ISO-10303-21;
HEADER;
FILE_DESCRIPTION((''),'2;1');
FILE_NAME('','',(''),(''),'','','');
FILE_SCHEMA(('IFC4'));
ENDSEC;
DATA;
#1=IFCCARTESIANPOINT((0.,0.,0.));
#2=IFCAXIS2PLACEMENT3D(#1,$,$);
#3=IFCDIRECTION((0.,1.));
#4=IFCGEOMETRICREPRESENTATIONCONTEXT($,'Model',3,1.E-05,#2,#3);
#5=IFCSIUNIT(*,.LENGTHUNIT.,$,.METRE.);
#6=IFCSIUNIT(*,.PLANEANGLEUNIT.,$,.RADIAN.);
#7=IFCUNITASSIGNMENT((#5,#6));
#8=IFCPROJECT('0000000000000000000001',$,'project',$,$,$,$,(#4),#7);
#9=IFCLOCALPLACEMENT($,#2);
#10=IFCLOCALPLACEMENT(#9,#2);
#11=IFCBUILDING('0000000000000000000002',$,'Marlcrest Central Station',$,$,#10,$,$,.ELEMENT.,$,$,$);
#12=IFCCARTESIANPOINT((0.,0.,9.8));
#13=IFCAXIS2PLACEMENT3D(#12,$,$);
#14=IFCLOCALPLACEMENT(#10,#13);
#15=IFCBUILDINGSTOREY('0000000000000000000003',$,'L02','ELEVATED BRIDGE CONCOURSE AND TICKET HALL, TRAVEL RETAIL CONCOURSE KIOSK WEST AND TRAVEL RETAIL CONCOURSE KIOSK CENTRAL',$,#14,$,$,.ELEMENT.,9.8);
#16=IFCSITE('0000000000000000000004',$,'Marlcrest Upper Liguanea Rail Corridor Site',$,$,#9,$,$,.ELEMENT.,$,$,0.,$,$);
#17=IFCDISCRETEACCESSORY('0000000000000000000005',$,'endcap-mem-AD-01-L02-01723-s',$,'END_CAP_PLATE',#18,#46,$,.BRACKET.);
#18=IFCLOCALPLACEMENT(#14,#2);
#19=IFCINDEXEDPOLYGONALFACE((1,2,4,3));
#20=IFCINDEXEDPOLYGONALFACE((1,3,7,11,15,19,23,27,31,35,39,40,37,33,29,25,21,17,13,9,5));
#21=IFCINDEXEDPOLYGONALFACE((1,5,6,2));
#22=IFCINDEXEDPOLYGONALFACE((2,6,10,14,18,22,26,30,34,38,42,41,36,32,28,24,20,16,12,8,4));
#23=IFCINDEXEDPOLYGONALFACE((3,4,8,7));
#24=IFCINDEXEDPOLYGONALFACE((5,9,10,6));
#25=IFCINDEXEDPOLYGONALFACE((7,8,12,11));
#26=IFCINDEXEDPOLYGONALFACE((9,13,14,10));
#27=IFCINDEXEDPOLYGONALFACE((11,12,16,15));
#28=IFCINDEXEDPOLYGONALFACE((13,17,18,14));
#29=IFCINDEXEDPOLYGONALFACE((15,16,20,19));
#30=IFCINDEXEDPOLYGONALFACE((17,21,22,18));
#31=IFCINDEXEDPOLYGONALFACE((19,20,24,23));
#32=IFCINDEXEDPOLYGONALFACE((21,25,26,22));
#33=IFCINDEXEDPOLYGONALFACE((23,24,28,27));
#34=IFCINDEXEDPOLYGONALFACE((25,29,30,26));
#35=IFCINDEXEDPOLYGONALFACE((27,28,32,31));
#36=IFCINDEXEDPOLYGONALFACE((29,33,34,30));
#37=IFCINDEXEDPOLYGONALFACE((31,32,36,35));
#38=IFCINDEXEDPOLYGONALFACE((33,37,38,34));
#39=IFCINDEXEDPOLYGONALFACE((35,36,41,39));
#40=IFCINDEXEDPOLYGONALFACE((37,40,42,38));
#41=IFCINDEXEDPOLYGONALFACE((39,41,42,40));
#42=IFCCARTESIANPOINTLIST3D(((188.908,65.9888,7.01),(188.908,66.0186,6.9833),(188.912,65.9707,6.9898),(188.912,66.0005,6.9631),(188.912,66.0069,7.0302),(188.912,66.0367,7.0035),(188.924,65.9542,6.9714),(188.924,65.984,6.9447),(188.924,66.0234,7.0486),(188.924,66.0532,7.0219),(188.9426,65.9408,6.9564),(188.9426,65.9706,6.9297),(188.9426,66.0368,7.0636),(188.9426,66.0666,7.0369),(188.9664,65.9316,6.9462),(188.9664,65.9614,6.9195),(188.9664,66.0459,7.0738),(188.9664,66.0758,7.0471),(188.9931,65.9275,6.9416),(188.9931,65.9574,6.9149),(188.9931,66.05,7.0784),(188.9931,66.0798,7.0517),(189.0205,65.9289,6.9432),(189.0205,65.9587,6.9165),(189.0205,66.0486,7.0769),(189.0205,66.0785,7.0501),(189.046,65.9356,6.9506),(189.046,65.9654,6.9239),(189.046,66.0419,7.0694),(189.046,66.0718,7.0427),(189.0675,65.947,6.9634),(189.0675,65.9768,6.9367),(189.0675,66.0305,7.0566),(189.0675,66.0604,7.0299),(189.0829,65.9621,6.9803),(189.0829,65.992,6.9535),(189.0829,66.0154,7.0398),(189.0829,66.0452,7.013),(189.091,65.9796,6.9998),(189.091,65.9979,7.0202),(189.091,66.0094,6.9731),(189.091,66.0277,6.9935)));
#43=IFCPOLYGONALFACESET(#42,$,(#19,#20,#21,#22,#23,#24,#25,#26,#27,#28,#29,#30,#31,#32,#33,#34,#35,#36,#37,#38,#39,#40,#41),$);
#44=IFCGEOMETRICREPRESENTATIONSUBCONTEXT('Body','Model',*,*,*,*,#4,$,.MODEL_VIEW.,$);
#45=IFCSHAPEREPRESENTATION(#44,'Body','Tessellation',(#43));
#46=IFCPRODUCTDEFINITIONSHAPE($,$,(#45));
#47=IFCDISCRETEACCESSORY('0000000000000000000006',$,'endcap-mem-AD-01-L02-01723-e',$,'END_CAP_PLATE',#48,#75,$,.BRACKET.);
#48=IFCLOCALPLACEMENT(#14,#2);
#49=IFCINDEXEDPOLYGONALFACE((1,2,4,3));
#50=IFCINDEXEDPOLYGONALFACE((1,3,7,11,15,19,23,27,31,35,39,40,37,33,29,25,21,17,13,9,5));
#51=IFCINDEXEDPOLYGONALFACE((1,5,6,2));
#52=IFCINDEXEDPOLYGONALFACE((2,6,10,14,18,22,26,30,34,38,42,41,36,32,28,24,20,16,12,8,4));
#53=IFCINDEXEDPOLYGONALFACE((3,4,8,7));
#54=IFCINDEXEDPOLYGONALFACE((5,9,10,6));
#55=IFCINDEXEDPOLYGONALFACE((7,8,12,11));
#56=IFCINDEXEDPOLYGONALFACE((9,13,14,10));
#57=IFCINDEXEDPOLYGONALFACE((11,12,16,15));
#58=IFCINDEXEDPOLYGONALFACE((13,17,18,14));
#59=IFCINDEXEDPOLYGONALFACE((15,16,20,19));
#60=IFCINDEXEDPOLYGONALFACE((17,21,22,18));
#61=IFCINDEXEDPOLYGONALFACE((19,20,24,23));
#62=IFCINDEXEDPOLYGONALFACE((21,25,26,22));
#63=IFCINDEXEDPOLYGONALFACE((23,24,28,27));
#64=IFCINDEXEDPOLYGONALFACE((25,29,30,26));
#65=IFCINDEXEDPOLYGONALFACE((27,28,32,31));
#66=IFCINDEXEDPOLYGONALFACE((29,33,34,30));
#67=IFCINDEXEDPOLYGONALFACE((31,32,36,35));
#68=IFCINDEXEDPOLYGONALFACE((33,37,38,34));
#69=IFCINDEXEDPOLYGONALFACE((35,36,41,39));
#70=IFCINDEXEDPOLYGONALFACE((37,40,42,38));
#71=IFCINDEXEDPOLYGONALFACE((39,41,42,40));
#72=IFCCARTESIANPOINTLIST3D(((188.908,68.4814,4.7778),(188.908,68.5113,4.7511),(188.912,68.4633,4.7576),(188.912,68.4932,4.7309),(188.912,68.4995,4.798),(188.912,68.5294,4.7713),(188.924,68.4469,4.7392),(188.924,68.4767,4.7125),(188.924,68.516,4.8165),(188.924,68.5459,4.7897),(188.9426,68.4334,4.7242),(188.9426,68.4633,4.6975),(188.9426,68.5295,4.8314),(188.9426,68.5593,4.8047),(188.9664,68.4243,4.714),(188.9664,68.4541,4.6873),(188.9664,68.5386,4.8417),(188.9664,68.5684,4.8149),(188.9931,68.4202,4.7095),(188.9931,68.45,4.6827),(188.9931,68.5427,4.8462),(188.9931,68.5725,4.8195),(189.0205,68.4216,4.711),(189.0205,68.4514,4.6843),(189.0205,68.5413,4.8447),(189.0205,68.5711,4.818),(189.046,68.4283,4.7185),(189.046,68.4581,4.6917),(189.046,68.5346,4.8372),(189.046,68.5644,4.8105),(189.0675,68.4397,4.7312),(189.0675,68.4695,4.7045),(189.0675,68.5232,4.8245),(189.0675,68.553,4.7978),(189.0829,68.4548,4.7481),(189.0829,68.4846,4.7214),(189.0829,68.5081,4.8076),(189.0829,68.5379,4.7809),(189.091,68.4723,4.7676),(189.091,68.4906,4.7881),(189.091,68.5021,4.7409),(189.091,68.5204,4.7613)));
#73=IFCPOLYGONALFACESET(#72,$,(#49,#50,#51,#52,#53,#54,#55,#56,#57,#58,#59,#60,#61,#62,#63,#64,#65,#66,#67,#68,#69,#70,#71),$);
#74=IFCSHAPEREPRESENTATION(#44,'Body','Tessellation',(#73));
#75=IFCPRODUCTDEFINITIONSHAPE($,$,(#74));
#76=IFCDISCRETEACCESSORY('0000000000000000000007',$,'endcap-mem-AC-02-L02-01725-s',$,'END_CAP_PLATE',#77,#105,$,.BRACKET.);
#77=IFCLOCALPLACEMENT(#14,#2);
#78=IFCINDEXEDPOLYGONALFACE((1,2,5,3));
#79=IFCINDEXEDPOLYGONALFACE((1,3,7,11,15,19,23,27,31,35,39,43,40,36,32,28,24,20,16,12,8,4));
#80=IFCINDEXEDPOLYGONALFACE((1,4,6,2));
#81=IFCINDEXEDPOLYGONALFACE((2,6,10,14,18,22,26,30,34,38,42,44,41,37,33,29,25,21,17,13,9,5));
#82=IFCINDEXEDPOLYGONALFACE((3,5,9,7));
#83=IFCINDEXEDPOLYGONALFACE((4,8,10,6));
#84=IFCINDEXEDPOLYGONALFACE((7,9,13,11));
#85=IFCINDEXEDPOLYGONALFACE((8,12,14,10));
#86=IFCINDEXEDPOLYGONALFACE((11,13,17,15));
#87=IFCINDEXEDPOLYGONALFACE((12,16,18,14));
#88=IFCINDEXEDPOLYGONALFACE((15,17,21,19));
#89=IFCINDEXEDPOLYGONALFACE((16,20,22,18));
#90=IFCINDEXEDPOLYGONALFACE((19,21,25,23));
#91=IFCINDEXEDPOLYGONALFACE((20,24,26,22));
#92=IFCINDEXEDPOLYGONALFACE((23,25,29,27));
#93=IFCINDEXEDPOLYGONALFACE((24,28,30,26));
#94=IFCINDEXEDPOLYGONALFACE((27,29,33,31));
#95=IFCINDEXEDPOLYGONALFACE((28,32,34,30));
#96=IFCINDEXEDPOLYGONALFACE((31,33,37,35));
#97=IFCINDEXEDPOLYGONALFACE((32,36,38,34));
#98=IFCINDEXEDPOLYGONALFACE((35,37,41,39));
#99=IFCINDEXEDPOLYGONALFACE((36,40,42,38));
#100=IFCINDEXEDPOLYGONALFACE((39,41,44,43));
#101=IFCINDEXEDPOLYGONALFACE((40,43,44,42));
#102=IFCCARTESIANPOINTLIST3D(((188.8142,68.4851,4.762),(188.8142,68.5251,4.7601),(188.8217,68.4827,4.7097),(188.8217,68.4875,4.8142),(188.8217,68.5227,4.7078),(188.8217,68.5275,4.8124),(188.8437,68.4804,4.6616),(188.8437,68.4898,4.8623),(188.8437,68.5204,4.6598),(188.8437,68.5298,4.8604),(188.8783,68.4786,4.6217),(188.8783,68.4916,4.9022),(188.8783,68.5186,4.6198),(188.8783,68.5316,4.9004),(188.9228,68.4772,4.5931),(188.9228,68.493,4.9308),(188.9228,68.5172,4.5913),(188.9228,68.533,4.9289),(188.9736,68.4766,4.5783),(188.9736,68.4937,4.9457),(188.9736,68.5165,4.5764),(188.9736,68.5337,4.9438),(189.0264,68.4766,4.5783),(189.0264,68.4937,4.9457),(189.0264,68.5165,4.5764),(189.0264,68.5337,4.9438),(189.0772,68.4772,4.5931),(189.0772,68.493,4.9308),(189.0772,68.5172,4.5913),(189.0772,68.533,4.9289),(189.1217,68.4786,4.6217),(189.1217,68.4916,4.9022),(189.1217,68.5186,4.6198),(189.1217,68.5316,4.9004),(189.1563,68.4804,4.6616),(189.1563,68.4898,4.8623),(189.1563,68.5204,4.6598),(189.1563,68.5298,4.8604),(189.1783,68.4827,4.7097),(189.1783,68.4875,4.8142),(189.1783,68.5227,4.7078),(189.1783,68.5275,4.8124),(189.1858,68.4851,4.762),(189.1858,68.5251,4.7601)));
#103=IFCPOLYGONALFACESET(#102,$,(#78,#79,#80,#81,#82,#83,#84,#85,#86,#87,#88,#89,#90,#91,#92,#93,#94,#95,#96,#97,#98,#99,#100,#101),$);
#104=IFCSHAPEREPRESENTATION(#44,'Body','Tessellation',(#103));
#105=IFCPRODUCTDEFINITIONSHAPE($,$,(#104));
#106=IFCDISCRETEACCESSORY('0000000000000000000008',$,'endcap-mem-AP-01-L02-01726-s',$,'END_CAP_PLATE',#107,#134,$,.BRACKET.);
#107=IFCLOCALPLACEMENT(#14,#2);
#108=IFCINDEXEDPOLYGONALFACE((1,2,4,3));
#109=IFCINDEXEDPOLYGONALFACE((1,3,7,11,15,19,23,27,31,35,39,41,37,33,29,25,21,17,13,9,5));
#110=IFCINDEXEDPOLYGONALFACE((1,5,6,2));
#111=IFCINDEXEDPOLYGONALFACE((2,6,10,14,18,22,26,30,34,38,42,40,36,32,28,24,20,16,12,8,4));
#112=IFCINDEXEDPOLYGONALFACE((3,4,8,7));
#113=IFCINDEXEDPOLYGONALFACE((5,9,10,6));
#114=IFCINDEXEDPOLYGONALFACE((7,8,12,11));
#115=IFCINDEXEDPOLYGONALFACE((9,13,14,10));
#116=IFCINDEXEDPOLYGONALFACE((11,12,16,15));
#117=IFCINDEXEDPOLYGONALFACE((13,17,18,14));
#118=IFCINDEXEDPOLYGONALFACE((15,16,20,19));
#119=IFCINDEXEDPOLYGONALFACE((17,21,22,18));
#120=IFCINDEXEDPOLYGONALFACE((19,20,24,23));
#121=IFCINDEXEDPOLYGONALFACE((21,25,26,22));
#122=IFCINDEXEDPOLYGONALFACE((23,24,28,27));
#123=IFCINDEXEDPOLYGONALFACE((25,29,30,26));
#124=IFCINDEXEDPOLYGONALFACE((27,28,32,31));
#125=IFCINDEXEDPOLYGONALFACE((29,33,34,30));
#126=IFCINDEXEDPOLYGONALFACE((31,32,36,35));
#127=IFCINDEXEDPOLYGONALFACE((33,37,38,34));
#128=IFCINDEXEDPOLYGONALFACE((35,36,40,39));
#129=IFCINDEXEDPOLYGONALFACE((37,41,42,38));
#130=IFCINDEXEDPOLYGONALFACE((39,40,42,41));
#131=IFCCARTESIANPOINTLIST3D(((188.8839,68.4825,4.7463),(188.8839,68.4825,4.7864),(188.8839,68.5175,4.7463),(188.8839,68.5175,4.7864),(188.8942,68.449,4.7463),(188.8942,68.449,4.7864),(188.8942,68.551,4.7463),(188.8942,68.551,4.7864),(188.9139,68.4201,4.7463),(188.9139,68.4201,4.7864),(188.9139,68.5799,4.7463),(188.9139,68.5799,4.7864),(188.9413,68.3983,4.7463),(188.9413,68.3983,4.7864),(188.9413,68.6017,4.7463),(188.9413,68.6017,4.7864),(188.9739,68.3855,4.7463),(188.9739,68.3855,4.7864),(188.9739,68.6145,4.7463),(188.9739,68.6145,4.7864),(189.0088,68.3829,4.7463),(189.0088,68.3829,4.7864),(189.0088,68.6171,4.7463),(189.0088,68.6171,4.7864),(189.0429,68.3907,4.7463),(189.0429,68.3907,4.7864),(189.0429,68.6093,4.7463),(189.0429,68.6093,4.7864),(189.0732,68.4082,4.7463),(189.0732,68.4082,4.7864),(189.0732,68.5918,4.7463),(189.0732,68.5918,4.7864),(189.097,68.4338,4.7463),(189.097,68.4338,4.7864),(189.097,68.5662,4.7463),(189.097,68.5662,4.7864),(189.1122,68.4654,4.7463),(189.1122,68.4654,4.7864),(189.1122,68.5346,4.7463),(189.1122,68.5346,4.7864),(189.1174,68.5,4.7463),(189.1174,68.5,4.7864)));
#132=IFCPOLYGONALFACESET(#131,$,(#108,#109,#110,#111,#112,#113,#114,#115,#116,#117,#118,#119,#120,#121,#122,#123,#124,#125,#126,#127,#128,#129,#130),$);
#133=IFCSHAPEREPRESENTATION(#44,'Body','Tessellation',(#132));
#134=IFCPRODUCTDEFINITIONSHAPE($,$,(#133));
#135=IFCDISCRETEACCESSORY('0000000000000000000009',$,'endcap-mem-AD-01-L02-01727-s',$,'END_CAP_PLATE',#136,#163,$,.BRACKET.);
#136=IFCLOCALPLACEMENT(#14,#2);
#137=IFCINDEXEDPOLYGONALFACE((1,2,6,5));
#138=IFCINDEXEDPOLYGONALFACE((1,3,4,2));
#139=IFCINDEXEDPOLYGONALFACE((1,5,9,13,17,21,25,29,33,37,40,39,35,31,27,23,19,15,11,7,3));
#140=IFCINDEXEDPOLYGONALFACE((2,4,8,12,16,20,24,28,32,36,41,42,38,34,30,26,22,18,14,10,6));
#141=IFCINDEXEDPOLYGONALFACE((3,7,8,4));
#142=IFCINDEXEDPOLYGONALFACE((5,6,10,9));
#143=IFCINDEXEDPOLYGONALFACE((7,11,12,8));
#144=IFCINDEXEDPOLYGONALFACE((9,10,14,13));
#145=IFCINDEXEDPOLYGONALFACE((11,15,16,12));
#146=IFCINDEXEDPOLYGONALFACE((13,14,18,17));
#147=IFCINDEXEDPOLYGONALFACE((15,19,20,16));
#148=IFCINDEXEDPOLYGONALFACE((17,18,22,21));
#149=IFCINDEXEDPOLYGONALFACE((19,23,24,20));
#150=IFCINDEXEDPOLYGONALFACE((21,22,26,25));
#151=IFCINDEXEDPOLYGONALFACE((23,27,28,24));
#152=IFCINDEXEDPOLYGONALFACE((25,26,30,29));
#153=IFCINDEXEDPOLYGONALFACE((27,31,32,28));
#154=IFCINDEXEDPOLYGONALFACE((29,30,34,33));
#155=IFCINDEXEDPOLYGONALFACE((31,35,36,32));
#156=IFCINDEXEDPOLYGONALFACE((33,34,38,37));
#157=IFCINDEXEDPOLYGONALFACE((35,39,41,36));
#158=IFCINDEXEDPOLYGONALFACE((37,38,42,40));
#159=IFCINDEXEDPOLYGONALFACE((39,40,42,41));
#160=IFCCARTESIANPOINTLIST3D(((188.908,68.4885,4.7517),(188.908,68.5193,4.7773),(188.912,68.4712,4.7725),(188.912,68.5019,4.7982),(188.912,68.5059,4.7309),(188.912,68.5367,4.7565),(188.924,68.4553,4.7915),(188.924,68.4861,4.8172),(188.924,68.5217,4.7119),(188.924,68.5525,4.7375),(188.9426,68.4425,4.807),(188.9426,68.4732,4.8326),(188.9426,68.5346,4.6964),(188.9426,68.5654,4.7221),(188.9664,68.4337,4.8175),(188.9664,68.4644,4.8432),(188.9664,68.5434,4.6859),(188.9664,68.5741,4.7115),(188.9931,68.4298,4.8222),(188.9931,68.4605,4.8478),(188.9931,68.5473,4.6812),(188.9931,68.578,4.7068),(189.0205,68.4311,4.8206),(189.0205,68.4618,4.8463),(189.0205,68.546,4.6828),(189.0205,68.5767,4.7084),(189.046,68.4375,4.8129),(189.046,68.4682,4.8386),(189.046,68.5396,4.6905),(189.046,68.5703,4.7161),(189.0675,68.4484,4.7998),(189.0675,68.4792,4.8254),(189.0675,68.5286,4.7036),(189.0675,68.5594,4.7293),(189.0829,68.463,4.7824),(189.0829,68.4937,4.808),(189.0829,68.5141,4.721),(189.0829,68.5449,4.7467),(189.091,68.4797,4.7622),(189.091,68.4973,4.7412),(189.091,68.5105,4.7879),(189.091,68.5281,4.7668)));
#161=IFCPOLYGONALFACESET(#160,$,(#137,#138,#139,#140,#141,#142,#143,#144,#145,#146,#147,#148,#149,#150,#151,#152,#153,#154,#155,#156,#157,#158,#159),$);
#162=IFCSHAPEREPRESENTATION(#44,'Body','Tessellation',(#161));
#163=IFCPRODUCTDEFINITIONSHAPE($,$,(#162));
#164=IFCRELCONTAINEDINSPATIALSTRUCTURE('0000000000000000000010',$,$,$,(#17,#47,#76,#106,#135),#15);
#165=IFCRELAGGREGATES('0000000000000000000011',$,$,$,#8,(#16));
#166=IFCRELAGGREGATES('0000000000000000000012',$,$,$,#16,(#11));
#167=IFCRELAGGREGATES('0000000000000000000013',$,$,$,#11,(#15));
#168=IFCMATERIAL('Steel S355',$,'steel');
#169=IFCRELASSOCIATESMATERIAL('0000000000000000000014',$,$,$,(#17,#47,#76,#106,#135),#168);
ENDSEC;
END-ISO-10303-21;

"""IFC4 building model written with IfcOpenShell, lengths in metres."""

from ifc_helpers import new_model, si_unit, direction, frame, origin, origin_2d, place, context, subcontext, project, spatial, circle, extrude, material, element, save


model = new_model("IFC4")

# Units and contexts
model_context = context("Model", 3, precision=1e-05, world=origin(), true_north=direction((0.0, 1.0)))
body_context = subcontext(model_context, "Body", "Model", "MODEL_VIEW")
ifc_project = project(units=[si_unit("LENGTHUNIT", "METRE"), si_unit("PLANEANGLEUNIT", "RADIAN")], contexts=[model_context])

# Site, building, storey
site_placement = place(None, origin())
site = spatial("IfcSite", under=ifc_project, at=site_placement, Name="Marlcrest Upper Liguanea Rail Corridor Site", CompositionType="ELEMENT", RefElevation=0.0)
building_placement = place(site_placement, origin())
building = spatial("IfcBuilding", under=site, at=building_placement, Name="Marlcrest Central Station", CompositionType="ELEMENT")
storey_placement = place(building_placement, frame((0.0, 0.0, 9.8)))
storey = spatial("IfcBuildingStorey", under=building, at=storey_placement, Name="L02", Description="ELEVATED BRIDGE CONCOURSE AND TICKET HALL, TRAVEL RETAIL CONCOURSE KIOSK WEST AND TRAVEL RETAIL CONCOURSE KIOSK CENTRAL", CompositionType="ELEMENT", Elevation=9.8)

# Shared definitions
ifc_material = material(Name="Steel S355", Category="steel")

# Discrete accessories
for number, where, z_axis, x_axis, name in (
    (1, (189.0, 65.9888, 7.01), (0.0, 0.744956, -0.667114), (-1.0, 0.0, 0.0), "endcap-mem-AD-01-L02-01723-s"),
    (2, (189.0, 68.4814, 4.7778), (0.0, 0.744956, -0.667114), (-1.0, 0.0, 0.0), "endcap-mem-AD-01-L02-01723-e"),
):
    element("IfcDiscreteAccessory", number, at=place(storey_placement, frame(where, z_axis=z_axis, x_axis=x_axis)), inside=storey, material=ifc_material, Name=name, ObjectType="END_CAP_PLATE", PredefinedType="BRACKET", context=body_context, shape_type="SweptSolid", body=[
        extrude(circle(Radius=0.092, at=origin_2d()), origin(), (0.0, 0.0, 1.0), 0.04),
    ])
discrete_accessory_1_placement = place(storey_placement, frame((189.0, 68.4851, 4.762), z_axis=(0.0, 0.998917, -0.046532), x_axis=(-1.0, 0.0, 0.0)))
element("IfcDiscreteAccessory", 3, at=discrete_accessory_1_placement, inside=storey, material=ifc_material, Name="endcap-mem-AC-02-L02-01725-s", ObjectType="END_CAP_PLATE", PredefinedType="BRACKET", context=body_context, shape_type="SweptSolid", body=[
    extrude(circle(Radius=0.1858, at=origin_2d()), origin(), (0.0, 0.0, 1.0), 0.04),
])
discrete_accessory_2_placement = place(storey_placement, frame((189.0, 68.5, 4.7463), z_axis=(0.0, 0.0, 1.0), x_axis=(1.0, 0.0, 0.0)))
element("IfcDiscreteAccessory", 4, at=discrete_accessory_2_placement, inside=storey, material=ifc_material, Name="endcap-mem-AP-01-L02-01726-s", ObjectType="END_CAP_PLATE", PredefinedType="BRACKET", context=body_context, shape_type="SweptSolid", body=[
    extrude(circle(Radius=0.1174, at=origin_2d()), origin(), (0.0, 0.0, 1.0), 0.04),
])
discrete_accessory_3_placement = place(storey_placement, frame((189.0, 68.4885, 4.7517), z_axis=(0.0, 0.76816, 0.640258), x_axis=(-1.0, 0.0, 0.0)))
element("IfcDiscreteAccessory", 5, at=discrete_accessory_3_placement, inside=storey, material=ifc_material, Name="endcap-mem-AD-01-L02-01727-s", ObjectType="END_CAP_PLATE", PredefinedType="BRACKET", context=body_context, shape_type="SweptSolid", body=[
    extrude(circle(Radius=0.092, at=origin_2d()), origin(), (0.0, 0.0, 1.0), 0.04),
])

save(model, "model.ifc")
